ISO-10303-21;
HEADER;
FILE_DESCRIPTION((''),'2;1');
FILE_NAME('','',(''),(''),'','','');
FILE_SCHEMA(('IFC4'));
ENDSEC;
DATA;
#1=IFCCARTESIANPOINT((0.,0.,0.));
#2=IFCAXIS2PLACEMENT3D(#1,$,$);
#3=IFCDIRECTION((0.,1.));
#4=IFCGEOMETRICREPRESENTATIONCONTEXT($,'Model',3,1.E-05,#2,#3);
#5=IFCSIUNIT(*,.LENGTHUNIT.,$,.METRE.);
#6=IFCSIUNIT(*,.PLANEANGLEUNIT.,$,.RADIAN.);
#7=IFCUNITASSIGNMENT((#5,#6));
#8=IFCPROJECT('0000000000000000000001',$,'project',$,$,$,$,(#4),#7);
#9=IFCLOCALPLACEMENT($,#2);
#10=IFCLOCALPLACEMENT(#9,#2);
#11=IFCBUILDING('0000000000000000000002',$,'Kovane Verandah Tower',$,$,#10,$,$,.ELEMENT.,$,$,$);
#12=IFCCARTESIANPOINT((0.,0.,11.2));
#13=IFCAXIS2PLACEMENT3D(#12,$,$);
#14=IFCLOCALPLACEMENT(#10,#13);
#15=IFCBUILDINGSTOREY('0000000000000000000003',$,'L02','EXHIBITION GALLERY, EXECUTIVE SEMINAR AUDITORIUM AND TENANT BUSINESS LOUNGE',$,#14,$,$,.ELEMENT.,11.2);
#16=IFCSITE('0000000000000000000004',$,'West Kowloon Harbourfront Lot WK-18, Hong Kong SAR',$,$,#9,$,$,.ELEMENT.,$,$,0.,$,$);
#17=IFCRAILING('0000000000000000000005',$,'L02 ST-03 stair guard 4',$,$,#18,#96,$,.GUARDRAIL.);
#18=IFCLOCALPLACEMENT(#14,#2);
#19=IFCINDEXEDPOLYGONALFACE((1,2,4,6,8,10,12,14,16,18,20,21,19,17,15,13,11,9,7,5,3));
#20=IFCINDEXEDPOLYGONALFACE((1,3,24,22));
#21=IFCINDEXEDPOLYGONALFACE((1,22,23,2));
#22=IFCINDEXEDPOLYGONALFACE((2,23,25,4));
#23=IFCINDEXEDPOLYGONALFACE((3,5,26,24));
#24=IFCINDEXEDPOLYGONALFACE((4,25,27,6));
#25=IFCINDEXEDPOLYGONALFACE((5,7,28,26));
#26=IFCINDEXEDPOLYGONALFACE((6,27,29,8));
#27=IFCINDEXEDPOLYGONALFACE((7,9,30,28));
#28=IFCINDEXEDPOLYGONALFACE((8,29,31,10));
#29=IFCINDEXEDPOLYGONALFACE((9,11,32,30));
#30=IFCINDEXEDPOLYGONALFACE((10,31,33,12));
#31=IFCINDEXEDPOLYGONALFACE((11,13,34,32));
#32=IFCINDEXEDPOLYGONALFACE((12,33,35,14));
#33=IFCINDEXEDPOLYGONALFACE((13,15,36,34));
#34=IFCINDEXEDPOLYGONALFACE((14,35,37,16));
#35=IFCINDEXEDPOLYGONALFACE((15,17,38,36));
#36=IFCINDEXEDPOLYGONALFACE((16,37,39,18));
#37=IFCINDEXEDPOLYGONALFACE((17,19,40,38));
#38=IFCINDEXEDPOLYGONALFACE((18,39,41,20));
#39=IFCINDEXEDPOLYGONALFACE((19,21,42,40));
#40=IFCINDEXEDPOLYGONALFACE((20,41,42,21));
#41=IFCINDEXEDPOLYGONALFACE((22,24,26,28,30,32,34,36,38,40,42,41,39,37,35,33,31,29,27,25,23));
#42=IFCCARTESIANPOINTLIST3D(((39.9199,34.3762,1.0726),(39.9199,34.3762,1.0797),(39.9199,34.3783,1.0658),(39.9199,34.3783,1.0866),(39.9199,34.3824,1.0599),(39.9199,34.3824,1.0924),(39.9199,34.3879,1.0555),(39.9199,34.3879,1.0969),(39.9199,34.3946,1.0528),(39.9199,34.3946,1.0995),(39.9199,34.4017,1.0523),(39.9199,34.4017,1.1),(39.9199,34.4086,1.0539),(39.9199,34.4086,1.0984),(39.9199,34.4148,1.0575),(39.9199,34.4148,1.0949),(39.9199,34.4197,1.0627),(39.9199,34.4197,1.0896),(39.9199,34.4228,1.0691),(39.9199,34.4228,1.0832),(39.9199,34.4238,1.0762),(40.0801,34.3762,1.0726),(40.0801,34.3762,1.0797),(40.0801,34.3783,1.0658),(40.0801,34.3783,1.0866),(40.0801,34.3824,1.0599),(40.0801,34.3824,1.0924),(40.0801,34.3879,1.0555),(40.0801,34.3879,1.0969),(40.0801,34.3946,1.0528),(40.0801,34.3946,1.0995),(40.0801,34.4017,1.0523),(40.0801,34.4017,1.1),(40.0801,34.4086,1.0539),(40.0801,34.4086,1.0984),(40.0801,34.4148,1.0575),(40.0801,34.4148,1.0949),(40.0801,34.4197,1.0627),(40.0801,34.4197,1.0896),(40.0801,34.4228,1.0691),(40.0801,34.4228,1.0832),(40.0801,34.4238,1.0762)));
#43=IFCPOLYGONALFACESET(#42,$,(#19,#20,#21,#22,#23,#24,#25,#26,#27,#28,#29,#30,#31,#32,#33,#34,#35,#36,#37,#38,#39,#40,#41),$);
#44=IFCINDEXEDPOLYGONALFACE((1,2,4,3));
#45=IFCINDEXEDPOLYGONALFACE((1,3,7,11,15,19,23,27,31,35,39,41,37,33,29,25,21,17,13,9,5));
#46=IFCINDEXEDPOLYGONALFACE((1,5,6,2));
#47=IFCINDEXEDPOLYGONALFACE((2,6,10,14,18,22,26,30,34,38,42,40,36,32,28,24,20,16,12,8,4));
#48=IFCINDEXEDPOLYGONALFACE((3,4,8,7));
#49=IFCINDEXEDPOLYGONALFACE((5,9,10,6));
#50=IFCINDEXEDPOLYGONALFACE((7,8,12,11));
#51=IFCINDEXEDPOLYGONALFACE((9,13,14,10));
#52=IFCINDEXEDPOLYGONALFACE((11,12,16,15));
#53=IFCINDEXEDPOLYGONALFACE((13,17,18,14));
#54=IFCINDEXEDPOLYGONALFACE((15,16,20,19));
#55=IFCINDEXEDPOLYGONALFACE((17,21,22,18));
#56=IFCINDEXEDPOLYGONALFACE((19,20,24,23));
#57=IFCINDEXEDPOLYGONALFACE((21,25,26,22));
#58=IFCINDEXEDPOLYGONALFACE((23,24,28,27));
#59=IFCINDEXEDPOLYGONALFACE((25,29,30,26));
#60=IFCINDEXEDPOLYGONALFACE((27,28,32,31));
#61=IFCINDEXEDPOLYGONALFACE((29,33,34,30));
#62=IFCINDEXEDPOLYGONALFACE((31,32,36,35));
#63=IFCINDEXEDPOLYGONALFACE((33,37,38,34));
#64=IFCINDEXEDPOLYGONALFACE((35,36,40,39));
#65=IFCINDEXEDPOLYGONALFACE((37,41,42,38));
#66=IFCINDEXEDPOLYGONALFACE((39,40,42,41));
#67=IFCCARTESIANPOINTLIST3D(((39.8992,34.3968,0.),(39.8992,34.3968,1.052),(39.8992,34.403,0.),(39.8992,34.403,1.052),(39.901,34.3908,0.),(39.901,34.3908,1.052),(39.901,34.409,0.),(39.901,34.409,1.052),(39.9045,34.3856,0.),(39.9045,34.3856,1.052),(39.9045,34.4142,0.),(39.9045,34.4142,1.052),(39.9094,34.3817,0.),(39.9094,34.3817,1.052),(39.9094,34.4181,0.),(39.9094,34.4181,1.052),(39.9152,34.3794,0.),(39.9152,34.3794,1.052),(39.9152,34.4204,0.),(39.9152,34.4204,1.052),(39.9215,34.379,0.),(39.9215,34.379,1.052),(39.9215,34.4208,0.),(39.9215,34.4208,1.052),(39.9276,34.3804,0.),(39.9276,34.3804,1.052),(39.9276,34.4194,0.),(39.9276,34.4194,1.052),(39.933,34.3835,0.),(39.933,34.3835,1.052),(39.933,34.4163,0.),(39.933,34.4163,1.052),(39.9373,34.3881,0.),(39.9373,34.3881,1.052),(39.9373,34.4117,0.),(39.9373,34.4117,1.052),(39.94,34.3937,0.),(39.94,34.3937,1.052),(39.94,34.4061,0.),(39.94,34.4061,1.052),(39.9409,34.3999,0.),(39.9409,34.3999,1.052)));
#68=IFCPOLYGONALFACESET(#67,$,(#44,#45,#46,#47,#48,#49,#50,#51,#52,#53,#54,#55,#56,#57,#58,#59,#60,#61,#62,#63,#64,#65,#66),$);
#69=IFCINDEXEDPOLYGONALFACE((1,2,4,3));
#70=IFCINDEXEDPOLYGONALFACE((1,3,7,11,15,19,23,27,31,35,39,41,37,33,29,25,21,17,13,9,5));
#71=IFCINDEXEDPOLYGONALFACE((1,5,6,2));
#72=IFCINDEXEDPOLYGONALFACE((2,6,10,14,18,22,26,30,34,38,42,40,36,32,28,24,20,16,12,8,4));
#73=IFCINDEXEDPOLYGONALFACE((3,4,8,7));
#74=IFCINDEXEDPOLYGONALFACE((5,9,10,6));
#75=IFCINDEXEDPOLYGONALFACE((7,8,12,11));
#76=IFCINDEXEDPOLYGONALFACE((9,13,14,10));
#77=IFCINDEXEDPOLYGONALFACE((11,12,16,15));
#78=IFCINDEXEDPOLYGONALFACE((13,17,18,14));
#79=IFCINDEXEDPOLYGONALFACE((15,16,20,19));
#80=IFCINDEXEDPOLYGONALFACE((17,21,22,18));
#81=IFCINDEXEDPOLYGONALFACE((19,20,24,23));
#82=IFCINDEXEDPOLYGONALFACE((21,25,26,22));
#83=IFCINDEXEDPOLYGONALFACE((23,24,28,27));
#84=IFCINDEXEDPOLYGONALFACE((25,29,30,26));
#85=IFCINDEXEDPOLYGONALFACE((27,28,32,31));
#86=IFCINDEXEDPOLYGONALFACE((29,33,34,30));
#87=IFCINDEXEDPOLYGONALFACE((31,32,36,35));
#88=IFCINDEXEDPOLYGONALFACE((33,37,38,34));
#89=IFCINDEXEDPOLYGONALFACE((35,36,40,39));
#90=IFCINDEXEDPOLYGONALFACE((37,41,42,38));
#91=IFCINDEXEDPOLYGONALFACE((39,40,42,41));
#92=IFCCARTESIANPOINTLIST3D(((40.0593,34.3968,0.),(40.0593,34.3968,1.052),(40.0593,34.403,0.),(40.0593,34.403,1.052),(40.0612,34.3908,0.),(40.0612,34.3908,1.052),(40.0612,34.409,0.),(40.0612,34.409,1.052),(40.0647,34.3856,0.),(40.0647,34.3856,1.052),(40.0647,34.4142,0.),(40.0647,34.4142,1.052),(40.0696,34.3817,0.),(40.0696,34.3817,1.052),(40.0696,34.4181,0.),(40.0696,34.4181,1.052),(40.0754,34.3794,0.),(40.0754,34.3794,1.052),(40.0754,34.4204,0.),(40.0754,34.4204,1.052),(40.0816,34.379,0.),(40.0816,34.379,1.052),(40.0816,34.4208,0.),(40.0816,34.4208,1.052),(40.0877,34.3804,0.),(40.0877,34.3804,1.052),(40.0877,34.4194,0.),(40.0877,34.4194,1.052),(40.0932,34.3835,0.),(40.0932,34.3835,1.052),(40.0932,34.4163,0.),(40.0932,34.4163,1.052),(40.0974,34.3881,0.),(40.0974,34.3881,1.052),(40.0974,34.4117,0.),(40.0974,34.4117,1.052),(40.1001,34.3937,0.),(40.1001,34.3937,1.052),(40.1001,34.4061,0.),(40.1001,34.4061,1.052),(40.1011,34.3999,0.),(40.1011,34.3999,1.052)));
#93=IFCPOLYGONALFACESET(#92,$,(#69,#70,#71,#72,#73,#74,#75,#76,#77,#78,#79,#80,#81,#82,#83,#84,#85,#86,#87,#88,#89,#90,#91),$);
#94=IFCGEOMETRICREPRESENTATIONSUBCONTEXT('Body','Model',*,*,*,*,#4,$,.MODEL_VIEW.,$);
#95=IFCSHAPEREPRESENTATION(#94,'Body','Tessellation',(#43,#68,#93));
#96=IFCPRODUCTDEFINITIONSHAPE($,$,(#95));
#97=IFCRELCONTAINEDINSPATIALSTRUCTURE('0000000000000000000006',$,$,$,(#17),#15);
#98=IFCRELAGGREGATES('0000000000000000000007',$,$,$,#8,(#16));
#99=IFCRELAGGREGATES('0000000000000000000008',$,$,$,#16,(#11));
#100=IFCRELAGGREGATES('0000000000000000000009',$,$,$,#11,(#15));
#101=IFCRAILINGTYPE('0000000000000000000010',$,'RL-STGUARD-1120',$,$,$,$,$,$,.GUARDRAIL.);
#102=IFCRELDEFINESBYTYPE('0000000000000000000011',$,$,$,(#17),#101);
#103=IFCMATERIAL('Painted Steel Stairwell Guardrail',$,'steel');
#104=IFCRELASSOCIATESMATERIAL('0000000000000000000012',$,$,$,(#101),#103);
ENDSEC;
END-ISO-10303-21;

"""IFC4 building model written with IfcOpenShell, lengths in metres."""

from ifc_helpers import new_model, si_unit, direction, frame, origin, origin_2d, place, context, subcontext, project, spatial, circle, extrude, material, type_object, element, save


model = new_model("IFC4")

# Units and contexts
model_context = context("Model", 3, precision=1e-05, world=origin(), true_north=direction((0.0, 1.0)))
body_context = subcontext(model_context, "Body", "Model", "MODEL_VIEW")
ifc_project = project(units=[si_unit("LENGTHUNIT", "METRE"), si_unit("PLANEANGLEUNIT", "RADIAN")], contexts=[model_context])

# Site, building, storey
site_placement = place(None, origin())
site = spatial("IfcSite", under=ifc_project, at=site_placement, Name="West Kowloon Harbourfront Lot WK-18, Hong Kong SAR", CompositionType="ELEMENT", RefElevation=0.0)
building_placement = place(site_placement, origin())
building = spatial("IfcBuilding", under=site, at=building_placement, Name="Kovane Verandah Tower", CompositionType="ELEMENT")
storey_placement = place(building_placement, frame((0.0, 0.0, 11.2)))
storey = spatial("IfcBuildingStorey", under=building, at=storey_placement, Name="L02", Description="EXHIBITION GALLERY, EXECUTIVE SEMINAR AUDITORIUM AND TENANT BUSINESS LOUNGE", CompositionType="ELEMENT", Elevation=11.2)

# Railing
ifc_material_1 = material(Name="Painted Steel Stairwell Guardrail", Category="steel")
railing_type_1 = type_object("IfcRailingType", Name="RL-STGUARD-1120", PredefinedType="GUARDRAIL", material=ifc_material_1)
railing_1_placement = place(storey_placement, frame((39.9199, 34.3999, 0.0)))
element("IfcRailing", 1, at=railing_1_placement, inside=storey, type_object=railing_type_1, Name="L02 ST-03 stair guard 4", PredefinedType="GUARDRAIL", context=body_context, shape_type="SweptSolid", body=[
    extrude(circle(Radius=0.0239, at=origin_2d()), frame((0.0, 0.0, 1.0762), z_axis=(1.0, 0.0, 0.0), x_axis=(0.0, 1.0, 0.0)), (0.0, 0.0, 1.0), 0.1602),
    extrude(circle(Radius=0.021, at=origin_2d()), origin(), (0.0, 0.0, 1.0), 1.052),
    extrude(circle(Radius=0.021, at=origin_2d()), frame((0.1602, 0.0, 0.0)), (0.0, 0.0, 1.0), 1.052),
])

save(model, "model.ifc")
